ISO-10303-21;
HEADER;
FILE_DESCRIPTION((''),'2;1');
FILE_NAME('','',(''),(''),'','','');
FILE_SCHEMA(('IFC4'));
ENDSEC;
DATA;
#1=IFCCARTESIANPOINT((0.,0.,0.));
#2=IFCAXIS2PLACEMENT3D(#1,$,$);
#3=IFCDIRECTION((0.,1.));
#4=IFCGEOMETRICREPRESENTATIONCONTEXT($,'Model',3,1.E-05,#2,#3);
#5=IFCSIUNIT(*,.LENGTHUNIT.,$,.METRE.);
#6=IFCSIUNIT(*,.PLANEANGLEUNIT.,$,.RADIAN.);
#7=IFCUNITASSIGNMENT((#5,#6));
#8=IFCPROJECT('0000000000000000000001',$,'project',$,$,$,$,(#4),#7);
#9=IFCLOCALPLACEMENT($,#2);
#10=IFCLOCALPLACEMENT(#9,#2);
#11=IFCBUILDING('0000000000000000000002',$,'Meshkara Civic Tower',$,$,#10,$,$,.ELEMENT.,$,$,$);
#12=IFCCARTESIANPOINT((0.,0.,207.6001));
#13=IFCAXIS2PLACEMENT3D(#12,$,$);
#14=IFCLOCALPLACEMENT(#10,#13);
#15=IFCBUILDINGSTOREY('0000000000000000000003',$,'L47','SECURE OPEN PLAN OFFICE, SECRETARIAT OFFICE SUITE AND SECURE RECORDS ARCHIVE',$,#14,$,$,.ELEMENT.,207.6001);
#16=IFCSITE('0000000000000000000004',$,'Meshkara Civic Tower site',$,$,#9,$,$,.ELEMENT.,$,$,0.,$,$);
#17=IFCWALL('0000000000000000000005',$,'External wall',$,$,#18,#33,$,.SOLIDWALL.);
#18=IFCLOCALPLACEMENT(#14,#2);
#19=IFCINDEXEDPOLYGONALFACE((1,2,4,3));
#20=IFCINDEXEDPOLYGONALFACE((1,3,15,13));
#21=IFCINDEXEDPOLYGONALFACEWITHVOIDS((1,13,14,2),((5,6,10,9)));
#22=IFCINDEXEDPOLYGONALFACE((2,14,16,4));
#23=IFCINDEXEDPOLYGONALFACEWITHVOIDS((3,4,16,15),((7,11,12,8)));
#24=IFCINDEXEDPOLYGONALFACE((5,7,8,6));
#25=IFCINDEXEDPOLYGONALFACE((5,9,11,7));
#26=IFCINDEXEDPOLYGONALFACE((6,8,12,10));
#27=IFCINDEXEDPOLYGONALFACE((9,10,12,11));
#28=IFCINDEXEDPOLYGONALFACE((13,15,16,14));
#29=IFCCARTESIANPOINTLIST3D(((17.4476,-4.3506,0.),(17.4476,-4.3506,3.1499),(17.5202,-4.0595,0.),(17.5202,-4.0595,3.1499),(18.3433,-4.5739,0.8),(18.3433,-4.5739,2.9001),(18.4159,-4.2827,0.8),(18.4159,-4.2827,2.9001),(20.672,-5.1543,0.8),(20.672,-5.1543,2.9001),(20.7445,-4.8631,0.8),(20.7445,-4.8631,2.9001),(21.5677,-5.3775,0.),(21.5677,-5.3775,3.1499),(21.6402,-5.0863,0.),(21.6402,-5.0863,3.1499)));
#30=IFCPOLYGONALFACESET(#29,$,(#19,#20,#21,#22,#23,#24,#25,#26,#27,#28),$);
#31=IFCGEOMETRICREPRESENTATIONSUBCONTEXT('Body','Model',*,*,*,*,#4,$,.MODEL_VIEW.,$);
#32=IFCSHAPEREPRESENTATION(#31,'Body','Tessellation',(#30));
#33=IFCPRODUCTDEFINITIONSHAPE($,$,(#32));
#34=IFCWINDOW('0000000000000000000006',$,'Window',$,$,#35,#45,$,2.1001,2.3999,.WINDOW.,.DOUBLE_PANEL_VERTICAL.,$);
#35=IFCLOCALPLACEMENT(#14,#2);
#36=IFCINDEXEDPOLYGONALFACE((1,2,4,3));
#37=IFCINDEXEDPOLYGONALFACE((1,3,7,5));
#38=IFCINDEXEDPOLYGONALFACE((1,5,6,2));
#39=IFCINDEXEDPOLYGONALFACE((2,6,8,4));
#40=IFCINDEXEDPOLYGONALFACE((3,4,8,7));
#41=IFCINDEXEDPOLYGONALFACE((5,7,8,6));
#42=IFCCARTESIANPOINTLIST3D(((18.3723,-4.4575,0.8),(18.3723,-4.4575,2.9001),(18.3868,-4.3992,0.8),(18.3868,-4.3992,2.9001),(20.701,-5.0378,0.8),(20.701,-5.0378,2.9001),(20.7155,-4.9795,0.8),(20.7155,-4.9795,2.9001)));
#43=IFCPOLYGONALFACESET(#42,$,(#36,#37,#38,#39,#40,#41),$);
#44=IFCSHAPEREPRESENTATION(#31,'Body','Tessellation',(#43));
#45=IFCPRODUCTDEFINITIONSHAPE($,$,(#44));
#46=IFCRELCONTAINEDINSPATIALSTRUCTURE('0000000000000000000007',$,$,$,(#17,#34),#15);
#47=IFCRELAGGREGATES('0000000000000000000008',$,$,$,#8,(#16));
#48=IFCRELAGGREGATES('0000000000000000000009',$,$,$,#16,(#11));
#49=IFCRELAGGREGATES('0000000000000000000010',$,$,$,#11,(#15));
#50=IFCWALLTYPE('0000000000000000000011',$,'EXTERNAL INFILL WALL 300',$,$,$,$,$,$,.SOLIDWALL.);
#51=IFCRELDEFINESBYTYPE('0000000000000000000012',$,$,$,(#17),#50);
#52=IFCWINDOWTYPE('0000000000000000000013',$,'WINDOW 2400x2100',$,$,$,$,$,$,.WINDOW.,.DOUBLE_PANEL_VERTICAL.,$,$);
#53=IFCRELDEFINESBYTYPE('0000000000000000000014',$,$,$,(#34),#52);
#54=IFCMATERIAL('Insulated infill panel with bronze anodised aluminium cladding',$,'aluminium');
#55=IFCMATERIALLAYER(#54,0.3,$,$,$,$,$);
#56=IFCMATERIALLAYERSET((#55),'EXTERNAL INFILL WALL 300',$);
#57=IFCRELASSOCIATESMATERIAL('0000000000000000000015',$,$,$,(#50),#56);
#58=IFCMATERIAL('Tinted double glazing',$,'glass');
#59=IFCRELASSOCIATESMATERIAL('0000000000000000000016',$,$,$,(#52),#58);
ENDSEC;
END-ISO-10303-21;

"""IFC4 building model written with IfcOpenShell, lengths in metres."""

from ifc_helpers import new_model, si_unit, direction, frame, frame_2d, origin, place, context, subcontext, project, spatial, rectangle, extrude, material, layer, layer_set, type_object, element, fill, save


model = new_model("IFC4")

# Units and contexts
model_context = context("Model", 3, precision=1e-05, world=origin(), true_north=direction((0.0, 1.0)))
body_context = subcontext(model_context, "Body", "Model", "MODEL_VIEW")
ifc_project = project(units=[si_unit("LENGTHUNIT", "METRE"), si_unit("PLANEANGLEUNIT", "RADIAN")], contexts=[model_context])

# Site, building, storey
site_placement = place(None, origin())
site = spatial("IfcSite", under=ifc_project, at=site_placement, Name="Meshkara Civic Tower site", CompositionType="ELEMENT", RefElevation=0.0)
building_placement = place(site_placement, origin())
building = spatial("IfcBuilding", under=site, at=building_placement, Name="Meshkara Civic Tower", CompositionType="ELEMENT")
storey_placement = place(building_placement, frame((0.0, 0.0, 207.6001)))
storey = spatial("IfcBuildingStorey", under=building, at=storey_placement, Name="L47", Description="SECURE OPEN PLAN OFFICE, SECRETARIAT OFFICE SUITE AND SECURE RECORDS ARCHIVE", CompositionType="ELEMENT", Elevation=207.6001)

# Wall, opening, window
ifc_material_1 = material(Name="Insulated infill panel with bronze anodised aluminium cladding", Category="aluminium")
ifc_layer = layer(ifc_material_1, 0.3)
ifc_layer_set = layer_set([ifc_layer], Name="EXTERNAL INFILL WALL 300")
wall_type = type_object("IfcWallType", Name="EXTERNAL INFILL WALL 300", PredefinedType="SOLIDWALL", material=ifc_layer_set)
ifc_material_2 = material(Name="Tinted double glazing", Category="glass")
window_type = type_object("IfcWindowType", Name="WINDOW 2400x2100", PartitioningType="DOUBLE_PANEL_VERTICAL", PredefinedType="WINDOW", material=ifc_material_2)
wall_1_placement = place(storey_placement, frame((17.4839, -4.2051, 0.0), z_axis=(0.0, 0.0, 1.0), x_axis=(0.970318, -0.241832, 0.0)))
wall_1 = element("IfcWall", 1, at=wall_1_placement, inside=storey, type_object=wall_type, Name="External wall", PredefinedType="SOLIDWALL", context=body_context, shape_type="SweptSolid", body=[
    extrude(rectangle(XDim=4.2461, YDim=0.3, at=frame_2d((2.123, 0.0))), origin(), (0.0, 0.0, 1.0), 3.1499),
])
opening_1_placement = place(wall_1_placement, frame((0.9231, 0.0, 0.8)))
opening_1 = element("IfcOpeningElement", 2, at=opening_1_placement, cuts=wall_1, PredefinedType="OPENING", context=body_context, shape_type="SweptSolid", body=[
    extrude(rectangle(XDim=2.3999, YDim=2.1001, at=frame_2d((1.2, 1.05))), frame((0.0, 0.1599, 0.0), z_axis=(0.0, -1.0, 0.0), x_axis=(1.0, 0.0, 0.0)), (0.0, 0.0, 1.0), 0.3201),
])
window_1_placement = place(opening_1_placement, origin())
window_1 = element("IfcWindow", 3, at=window_1_placement, inside=storey, type_object=window_type, Name="Window", OverallHeight=2.1001, OverallWidth=2.3999, PartitioningType="DOUBLE_PANEL_VERTICAL", PredefinedType="WINDOW", context=body_context, shape_type="SweptSolid", body=[
    extrude(rectangle(XDim=2.3999, YDim=2.1001, at=frame_2d((1.2, 1.05))), frame((0.0, 0.03, 0.0), z_axis=(0.0, -1.0, 0.0), x_axis=(1.0, 0.0, 0.0)), (0.0, 0.0, 1.0), 0.0601),
])
fill(opening_1, window_1)

save(model, "model.ifc")
